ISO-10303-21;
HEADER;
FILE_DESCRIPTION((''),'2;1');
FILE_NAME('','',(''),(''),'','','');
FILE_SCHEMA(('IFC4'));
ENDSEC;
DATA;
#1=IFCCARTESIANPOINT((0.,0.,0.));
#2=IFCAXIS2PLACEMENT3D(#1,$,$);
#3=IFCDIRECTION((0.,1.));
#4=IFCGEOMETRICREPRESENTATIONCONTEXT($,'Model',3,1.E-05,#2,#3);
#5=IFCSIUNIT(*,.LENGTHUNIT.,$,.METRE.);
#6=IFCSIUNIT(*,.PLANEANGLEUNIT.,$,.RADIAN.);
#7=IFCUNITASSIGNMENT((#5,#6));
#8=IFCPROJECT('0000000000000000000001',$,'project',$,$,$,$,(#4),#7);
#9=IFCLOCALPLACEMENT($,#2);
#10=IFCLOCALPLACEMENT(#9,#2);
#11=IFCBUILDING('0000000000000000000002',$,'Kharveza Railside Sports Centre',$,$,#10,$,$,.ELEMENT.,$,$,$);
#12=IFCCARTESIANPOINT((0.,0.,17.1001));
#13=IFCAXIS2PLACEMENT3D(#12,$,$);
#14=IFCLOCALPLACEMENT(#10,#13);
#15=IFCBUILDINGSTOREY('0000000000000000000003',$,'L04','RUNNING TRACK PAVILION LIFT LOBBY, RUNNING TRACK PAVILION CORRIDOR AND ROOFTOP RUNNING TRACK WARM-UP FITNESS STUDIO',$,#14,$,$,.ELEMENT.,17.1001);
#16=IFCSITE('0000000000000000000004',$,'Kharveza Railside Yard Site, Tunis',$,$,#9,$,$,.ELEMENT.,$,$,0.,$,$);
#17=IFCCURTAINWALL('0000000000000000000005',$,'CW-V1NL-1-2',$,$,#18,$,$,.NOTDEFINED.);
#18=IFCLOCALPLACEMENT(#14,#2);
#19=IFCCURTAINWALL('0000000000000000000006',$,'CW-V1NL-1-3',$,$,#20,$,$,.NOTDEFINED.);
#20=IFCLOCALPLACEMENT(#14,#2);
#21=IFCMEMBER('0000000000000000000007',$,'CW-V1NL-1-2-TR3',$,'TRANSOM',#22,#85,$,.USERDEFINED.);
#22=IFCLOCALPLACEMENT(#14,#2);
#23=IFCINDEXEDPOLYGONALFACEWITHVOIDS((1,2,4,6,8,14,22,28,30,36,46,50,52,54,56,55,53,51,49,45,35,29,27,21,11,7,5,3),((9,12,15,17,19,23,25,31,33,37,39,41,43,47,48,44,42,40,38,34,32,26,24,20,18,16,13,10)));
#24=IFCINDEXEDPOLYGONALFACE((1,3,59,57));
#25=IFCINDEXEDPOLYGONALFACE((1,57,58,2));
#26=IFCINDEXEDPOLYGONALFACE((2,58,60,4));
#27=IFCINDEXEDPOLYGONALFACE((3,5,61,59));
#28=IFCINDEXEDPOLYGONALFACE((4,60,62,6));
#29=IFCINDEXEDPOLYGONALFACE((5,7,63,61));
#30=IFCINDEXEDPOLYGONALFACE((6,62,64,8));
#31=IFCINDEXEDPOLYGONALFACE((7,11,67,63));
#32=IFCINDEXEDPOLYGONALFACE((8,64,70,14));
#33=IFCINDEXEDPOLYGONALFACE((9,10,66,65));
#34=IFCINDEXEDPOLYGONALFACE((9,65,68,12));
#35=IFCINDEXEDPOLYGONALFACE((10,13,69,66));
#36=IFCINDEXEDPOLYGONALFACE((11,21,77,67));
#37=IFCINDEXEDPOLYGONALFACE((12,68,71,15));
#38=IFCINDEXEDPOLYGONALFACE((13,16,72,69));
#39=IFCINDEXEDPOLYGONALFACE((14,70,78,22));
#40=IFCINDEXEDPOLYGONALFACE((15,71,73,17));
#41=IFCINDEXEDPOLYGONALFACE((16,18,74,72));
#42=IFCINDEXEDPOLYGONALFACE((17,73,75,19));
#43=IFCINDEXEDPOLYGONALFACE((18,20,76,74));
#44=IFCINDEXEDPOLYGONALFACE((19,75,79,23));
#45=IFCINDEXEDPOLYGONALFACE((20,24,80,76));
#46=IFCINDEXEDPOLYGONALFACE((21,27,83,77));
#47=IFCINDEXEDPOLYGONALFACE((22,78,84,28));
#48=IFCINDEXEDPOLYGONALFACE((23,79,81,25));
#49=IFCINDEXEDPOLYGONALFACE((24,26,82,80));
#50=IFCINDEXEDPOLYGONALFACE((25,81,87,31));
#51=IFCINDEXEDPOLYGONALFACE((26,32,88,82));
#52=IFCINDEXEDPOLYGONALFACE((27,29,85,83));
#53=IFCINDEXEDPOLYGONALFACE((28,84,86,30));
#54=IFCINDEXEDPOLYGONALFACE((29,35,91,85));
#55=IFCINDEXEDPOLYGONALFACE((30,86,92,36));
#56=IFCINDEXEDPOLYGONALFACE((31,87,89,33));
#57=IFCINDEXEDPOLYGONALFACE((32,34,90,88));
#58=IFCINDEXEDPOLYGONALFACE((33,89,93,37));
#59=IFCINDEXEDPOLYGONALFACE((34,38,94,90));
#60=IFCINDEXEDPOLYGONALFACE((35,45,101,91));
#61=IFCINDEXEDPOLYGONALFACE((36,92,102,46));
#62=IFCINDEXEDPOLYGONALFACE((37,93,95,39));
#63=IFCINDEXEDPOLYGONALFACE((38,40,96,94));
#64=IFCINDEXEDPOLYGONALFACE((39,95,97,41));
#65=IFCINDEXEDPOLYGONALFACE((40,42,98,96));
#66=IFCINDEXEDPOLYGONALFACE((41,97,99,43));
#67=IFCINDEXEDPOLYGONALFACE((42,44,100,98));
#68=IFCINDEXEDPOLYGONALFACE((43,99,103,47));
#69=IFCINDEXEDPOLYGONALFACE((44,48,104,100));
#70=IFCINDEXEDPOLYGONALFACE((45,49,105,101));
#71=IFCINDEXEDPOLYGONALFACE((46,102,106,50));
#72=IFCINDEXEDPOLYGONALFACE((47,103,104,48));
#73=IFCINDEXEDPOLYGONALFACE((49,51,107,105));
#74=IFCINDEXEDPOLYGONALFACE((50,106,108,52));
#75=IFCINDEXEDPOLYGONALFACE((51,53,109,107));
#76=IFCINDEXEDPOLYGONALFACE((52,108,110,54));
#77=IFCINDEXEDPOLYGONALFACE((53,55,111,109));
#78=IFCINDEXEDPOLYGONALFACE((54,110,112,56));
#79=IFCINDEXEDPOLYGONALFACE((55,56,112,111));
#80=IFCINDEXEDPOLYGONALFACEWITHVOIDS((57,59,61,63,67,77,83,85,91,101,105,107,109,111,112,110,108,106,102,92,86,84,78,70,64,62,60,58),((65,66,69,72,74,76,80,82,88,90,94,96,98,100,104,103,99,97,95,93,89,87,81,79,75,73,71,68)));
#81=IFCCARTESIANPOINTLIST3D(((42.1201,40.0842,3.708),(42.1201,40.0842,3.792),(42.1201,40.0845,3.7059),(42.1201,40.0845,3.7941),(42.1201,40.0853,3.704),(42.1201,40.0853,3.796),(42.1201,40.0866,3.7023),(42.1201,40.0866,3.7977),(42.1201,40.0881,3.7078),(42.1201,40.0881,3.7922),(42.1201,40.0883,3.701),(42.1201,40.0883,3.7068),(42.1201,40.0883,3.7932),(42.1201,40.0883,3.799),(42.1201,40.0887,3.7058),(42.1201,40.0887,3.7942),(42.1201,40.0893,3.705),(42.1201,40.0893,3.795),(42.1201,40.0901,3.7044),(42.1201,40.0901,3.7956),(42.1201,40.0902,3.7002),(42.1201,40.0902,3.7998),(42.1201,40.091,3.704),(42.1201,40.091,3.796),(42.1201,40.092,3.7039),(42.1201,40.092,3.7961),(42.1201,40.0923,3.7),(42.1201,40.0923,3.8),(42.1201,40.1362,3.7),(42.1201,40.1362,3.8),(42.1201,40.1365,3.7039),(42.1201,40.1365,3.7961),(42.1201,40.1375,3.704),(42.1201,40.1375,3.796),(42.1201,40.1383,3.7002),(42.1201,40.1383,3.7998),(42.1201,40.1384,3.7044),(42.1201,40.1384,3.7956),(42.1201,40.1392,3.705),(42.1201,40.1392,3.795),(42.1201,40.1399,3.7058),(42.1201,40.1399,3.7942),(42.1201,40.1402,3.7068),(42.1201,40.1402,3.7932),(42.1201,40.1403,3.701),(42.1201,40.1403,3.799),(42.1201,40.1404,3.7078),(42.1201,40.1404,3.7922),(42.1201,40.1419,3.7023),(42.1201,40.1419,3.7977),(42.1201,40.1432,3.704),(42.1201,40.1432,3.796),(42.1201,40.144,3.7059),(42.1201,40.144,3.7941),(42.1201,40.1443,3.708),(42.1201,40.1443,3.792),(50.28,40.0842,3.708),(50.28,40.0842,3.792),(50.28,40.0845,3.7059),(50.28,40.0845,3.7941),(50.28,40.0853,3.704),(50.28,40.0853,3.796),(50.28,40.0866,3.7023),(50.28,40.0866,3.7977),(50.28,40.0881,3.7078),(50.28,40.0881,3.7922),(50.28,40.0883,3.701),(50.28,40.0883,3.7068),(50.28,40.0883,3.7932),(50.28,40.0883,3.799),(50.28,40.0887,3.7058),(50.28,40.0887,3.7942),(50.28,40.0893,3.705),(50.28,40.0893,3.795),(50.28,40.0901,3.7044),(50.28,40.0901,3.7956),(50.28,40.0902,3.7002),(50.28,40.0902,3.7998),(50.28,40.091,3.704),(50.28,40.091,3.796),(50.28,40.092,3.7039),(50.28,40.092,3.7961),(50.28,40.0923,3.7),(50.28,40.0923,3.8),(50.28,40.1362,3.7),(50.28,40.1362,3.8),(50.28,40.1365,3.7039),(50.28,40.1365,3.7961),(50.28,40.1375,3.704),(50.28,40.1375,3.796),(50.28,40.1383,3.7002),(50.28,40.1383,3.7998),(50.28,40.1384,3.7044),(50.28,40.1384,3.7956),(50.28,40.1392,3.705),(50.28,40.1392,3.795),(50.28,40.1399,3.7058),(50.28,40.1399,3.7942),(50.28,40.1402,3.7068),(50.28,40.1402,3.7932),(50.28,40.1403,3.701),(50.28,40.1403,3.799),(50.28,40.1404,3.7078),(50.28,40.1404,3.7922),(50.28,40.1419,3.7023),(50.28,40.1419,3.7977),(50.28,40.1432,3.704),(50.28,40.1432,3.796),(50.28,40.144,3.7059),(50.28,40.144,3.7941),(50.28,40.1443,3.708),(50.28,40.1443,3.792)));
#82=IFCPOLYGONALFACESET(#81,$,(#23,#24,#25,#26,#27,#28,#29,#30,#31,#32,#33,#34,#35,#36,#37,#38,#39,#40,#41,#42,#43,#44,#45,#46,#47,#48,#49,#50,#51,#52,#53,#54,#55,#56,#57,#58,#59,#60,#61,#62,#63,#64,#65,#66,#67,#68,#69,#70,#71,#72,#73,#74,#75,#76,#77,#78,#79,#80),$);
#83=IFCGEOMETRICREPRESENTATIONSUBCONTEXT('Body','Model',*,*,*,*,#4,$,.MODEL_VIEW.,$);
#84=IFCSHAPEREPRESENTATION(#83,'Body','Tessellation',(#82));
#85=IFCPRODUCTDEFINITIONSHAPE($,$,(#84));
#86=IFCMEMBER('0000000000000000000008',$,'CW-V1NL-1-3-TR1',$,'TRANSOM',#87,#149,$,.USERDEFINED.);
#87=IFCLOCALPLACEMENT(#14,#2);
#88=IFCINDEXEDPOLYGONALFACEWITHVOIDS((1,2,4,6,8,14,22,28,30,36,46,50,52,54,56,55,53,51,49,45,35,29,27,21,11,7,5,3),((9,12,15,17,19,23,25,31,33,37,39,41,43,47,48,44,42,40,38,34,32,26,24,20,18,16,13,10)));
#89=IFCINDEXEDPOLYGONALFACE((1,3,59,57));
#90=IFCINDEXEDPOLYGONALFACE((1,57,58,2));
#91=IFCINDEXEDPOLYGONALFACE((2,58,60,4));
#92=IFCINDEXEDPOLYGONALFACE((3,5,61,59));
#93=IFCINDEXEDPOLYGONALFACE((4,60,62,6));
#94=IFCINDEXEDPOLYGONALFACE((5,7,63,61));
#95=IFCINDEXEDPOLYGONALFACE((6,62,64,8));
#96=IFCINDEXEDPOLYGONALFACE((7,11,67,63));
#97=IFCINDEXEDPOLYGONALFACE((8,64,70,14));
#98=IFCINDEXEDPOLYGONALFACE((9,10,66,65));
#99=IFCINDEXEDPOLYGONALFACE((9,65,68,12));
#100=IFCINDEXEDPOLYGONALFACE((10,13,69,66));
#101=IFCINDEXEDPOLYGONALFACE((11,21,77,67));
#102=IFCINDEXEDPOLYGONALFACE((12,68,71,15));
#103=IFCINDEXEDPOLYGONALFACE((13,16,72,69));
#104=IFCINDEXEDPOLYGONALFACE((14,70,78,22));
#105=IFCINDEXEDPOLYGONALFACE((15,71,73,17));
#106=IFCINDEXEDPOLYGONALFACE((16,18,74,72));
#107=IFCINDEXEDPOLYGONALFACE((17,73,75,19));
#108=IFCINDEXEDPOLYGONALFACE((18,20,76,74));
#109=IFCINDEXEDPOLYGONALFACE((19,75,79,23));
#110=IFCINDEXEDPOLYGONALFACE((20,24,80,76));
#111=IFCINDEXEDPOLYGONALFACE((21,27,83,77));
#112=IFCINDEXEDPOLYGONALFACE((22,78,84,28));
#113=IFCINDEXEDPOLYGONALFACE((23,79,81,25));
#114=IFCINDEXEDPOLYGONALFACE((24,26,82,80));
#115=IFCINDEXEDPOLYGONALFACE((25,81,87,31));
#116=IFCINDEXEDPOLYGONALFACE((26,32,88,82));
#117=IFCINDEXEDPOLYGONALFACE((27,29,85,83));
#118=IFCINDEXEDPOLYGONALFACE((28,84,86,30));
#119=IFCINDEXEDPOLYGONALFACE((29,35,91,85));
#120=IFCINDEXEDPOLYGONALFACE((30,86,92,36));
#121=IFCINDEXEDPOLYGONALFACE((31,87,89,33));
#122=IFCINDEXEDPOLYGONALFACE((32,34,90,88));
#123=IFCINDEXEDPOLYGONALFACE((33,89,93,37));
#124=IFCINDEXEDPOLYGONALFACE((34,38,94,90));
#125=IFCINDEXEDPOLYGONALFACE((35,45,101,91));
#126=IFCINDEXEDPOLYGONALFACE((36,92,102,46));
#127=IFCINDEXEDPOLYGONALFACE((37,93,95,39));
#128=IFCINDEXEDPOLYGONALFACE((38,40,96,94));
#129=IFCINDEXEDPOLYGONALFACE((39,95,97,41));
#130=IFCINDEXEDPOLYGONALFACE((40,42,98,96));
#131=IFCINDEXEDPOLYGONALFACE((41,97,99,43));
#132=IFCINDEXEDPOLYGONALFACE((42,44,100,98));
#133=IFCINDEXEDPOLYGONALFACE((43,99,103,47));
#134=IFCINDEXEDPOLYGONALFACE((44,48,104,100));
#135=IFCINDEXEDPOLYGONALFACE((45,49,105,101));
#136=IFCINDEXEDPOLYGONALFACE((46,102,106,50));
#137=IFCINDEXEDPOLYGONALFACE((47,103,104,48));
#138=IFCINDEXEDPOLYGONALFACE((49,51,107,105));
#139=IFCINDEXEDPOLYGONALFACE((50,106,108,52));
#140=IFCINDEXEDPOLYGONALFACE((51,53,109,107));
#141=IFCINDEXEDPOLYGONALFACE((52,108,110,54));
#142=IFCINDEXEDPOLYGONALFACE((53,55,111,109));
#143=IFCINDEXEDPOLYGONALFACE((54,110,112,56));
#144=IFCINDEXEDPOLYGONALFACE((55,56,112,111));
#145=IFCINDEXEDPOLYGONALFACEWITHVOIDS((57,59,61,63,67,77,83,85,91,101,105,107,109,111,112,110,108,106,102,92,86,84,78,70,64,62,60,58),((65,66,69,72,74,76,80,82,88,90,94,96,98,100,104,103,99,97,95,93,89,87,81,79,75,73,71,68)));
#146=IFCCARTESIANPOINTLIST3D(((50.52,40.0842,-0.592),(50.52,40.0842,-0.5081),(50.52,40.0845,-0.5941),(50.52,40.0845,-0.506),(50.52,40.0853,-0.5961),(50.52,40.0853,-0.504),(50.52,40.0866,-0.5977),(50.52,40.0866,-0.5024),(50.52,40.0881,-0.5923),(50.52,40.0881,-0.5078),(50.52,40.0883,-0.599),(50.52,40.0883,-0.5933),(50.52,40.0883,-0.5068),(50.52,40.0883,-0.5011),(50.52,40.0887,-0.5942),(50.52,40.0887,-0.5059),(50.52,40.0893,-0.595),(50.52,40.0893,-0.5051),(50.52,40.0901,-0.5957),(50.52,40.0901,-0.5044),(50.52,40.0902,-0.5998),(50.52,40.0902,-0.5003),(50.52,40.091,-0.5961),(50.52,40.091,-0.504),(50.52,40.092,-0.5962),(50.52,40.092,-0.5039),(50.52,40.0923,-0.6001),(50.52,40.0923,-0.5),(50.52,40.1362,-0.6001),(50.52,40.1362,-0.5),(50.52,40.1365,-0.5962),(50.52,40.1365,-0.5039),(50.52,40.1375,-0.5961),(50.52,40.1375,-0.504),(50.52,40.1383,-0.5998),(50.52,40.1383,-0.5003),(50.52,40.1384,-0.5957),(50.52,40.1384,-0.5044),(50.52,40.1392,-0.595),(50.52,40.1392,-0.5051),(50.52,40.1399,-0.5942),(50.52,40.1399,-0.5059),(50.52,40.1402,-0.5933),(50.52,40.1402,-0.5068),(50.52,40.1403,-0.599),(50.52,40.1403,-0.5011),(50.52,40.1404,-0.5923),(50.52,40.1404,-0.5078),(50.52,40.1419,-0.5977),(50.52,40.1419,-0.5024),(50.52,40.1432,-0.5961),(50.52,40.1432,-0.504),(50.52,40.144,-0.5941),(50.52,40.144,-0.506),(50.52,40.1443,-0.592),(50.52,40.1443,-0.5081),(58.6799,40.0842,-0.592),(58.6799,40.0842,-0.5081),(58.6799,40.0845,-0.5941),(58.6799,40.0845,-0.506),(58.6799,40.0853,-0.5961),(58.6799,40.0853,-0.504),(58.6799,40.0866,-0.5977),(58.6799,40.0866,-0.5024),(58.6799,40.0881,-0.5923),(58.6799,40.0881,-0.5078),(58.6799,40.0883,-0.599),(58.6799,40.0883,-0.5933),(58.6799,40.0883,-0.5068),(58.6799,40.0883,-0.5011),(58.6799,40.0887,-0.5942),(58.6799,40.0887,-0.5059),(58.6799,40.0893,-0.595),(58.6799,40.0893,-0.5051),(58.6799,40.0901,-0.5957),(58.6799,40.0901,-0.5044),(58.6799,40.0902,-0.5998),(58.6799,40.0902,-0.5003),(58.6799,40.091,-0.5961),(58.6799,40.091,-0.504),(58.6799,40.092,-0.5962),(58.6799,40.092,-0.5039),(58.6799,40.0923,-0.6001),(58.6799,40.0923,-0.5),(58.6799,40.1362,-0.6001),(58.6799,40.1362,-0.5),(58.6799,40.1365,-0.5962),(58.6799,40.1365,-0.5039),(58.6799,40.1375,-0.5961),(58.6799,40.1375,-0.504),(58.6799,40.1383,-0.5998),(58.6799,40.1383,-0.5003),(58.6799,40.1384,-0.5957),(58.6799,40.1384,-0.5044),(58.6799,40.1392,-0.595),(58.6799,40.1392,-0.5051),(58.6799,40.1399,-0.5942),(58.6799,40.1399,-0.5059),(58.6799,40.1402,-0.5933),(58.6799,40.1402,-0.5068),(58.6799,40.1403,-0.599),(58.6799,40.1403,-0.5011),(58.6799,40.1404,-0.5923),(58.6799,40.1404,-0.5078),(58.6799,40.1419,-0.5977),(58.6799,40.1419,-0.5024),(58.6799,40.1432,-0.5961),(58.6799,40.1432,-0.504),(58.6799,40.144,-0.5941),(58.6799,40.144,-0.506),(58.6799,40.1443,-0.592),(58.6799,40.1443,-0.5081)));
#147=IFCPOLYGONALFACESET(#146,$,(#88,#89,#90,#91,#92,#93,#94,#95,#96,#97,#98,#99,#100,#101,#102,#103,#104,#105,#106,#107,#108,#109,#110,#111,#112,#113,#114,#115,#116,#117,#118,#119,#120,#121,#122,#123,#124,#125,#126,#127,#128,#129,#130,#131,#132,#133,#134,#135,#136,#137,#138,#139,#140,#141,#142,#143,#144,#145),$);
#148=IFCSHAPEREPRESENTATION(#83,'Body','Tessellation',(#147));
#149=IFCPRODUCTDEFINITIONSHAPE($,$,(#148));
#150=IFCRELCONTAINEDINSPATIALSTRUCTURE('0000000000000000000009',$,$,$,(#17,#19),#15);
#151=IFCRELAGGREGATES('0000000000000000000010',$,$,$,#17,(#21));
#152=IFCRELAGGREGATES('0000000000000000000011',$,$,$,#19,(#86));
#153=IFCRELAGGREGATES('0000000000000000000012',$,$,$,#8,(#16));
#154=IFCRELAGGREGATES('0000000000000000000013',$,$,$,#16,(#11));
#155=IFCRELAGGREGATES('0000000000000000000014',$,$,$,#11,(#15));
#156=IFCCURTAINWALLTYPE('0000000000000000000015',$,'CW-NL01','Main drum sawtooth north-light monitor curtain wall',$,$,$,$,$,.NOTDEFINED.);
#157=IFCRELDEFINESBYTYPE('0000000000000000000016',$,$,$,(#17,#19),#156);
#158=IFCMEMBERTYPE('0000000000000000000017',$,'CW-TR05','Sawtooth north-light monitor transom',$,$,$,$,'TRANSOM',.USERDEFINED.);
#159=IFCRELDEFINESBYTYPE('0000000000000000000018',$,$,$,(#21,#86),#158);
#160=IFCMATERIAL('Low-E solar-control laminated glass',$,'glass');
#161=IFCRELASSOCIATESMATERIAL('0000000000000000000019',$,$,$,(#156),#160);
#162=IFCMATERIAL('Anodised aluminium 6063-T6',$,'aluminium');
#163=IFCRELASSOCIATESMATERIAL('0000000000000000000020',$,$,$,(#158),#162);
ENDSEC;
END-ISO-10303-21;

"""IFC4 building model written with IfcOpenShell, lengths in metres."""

from ifc_helpers import new_model, si_unit, direction, frame, origin, origin_2d, place, context, subcontext, project, spatial, hollow_rectangle, extrude, material, material_profile, profile_set, type_object, element, aggregate, save


model = new_model("IFC4")

# Units and contexts
model_context = context("Model", 3, precision=1e-05, world=origin(), true_north=direction((0.0, 1.0)))
body_context = subcontext(model_context, "Body", "Model", "MODEL_VIEW")
ifc_project = project(units=[si_unit("LENGTHUNIT", "METRE"), si_unit("PLANEANGLEUNIT", "RADIAN")], contexts=[model_context])

# Site, building, storey
site_placement = place(None, origin())
site = spatial("IfcSite", under=ifc_project, at=site_placement, Name="Kharveza Railside Yard Site, Tunis", CompositionType="ELEMENT", RefElevation=0.0)
building_placement = place(site_placement, origin())
building = spatial("IfcBuilding", under=site, at=building_placement, Name="Kharveza Railside Sports Centre", CompositionType="ELEMENT")
storey_placement = place(building_placement, frame((0.0, 0.0, 17.1001)))
storey = spatial("IfcBuildingStorey", under=building, at=storey_placement, Name="L04", Description="RUNNING TRACK PAVILION LIFT LOBBY, RUNNING TRACK PAVILION CORRIDOR AND ROOFTOP RUNNING TRACK WARM-UP FITNESS STUDIO", CompositionType="ELEMENT", Elevation=17.1001)

# Curtain walls
ifc_material_1 = material(Name="Low-E solar-control laminated glass", Category="glass")
curtain_wall_type = type_object("IfcCurtainWallType", Name="CW-NL01", Description="Main drum sawtooth north-light monitor curtain wall", PredefinedType="NOTDEFINED", material=ifc_material_1)
curtain_wall_1_placement = place(storey_placement, origin())
curtain_wall_1 = element("IfcCurtainWall", 1, at=curtain_wall_1_placement, inside=storey, type_object=curtain_wall_type, Name="CW-V1NL-1-2", PredefinedType="NOTDEFINED")
ifc_material_2 = material(Name="Anodised aluminium 6063-T6", Category="aluminium")
curtain_wall_2_placement = place(storey_placement, origin())
curtain_wall_2 = element("IfcCurtainWall", 2, at=curtain_wall_2_placement, inside=storey, type_object=curtain_wall_type, Name="CW-V1NL-1-3", PredefinedType="NOTDEFINED")

# Members
ifc_material_profile_1 = material_profile(ifc_material_2, hollow_rectangle(XDim=0.0601, YDim=0.1001, WallThickness=0.0039, InnerFilletRadius=0.0039, OuterFilletRadius=0.0081, at=origin_2d()), Name="RHS 60x100x4.0")
ifc_profile_set_1 = profile_set([ifc_material_profile_1], Name="Anodised aluminium 6063-T6")
member_type_1 = type_object("IfcMemberType", Name="CW-TR05", Description="Sawtooth north-light monitor transom", ElementType="TRANSOM", PredefinedType="USERDEFINED", material=ifc_profile_set_1)
member_1_placement = place(storey_placement, frame((42.1201, 40.1143, 3.75), z_axis=(1.0, 0.0, 0.0), x_axis=(0.0, 1.0, 0.0)))
member_1 = element("IfcMember", 3, at=member_1_placement, type_object=member_type_1, Name="CW-V1NL-1-2-TR3", ObjectType="TRANSOM", PredefinedType="USERDEFINED", context=body_context, shape_type="SweptSolid", body=[
    extrude(hollow_rectangle(XDim=0.0601, YDim=0.1001, WallThickness=0.0039, InnerFilletRadius=0.0039, OuterFilletRadius=0.0081, at=origin_2d()), origin(), (0.0, 0.0, 1.0), 8.1599),
])
member_2_placement = place(storey_placement, frame((50.52, 40.1143, -0.55), z_axis=(1.0, 0.0, 0.0), x_axis=(0.0, 1.0, 0.0)))
member_2 = element("IfcMember", 4, at=member_2_placement, type_object=member_type_1, Name="CW-V1NL-1-3-TR1", ObjectType="TRANSOM", PredefinedType="USERDEFINED", context=body_context, shape_type="SweptSolid", body=[
    extrude(hollow_rectangle(XDim=0.0601, YDim=0.1001, WallThickness=0.0039, InnerFilletRadius=0.0039, OuterFilletRadius=0.0081, at=origin_2d()), origin(), (0.0, 0.0, 1.0), 8.1599),
])

aggregate(curtain_wall_1, [member_1])
aggregate(curtain_wall_2, [member_2])

save(model, "model.ifc")
